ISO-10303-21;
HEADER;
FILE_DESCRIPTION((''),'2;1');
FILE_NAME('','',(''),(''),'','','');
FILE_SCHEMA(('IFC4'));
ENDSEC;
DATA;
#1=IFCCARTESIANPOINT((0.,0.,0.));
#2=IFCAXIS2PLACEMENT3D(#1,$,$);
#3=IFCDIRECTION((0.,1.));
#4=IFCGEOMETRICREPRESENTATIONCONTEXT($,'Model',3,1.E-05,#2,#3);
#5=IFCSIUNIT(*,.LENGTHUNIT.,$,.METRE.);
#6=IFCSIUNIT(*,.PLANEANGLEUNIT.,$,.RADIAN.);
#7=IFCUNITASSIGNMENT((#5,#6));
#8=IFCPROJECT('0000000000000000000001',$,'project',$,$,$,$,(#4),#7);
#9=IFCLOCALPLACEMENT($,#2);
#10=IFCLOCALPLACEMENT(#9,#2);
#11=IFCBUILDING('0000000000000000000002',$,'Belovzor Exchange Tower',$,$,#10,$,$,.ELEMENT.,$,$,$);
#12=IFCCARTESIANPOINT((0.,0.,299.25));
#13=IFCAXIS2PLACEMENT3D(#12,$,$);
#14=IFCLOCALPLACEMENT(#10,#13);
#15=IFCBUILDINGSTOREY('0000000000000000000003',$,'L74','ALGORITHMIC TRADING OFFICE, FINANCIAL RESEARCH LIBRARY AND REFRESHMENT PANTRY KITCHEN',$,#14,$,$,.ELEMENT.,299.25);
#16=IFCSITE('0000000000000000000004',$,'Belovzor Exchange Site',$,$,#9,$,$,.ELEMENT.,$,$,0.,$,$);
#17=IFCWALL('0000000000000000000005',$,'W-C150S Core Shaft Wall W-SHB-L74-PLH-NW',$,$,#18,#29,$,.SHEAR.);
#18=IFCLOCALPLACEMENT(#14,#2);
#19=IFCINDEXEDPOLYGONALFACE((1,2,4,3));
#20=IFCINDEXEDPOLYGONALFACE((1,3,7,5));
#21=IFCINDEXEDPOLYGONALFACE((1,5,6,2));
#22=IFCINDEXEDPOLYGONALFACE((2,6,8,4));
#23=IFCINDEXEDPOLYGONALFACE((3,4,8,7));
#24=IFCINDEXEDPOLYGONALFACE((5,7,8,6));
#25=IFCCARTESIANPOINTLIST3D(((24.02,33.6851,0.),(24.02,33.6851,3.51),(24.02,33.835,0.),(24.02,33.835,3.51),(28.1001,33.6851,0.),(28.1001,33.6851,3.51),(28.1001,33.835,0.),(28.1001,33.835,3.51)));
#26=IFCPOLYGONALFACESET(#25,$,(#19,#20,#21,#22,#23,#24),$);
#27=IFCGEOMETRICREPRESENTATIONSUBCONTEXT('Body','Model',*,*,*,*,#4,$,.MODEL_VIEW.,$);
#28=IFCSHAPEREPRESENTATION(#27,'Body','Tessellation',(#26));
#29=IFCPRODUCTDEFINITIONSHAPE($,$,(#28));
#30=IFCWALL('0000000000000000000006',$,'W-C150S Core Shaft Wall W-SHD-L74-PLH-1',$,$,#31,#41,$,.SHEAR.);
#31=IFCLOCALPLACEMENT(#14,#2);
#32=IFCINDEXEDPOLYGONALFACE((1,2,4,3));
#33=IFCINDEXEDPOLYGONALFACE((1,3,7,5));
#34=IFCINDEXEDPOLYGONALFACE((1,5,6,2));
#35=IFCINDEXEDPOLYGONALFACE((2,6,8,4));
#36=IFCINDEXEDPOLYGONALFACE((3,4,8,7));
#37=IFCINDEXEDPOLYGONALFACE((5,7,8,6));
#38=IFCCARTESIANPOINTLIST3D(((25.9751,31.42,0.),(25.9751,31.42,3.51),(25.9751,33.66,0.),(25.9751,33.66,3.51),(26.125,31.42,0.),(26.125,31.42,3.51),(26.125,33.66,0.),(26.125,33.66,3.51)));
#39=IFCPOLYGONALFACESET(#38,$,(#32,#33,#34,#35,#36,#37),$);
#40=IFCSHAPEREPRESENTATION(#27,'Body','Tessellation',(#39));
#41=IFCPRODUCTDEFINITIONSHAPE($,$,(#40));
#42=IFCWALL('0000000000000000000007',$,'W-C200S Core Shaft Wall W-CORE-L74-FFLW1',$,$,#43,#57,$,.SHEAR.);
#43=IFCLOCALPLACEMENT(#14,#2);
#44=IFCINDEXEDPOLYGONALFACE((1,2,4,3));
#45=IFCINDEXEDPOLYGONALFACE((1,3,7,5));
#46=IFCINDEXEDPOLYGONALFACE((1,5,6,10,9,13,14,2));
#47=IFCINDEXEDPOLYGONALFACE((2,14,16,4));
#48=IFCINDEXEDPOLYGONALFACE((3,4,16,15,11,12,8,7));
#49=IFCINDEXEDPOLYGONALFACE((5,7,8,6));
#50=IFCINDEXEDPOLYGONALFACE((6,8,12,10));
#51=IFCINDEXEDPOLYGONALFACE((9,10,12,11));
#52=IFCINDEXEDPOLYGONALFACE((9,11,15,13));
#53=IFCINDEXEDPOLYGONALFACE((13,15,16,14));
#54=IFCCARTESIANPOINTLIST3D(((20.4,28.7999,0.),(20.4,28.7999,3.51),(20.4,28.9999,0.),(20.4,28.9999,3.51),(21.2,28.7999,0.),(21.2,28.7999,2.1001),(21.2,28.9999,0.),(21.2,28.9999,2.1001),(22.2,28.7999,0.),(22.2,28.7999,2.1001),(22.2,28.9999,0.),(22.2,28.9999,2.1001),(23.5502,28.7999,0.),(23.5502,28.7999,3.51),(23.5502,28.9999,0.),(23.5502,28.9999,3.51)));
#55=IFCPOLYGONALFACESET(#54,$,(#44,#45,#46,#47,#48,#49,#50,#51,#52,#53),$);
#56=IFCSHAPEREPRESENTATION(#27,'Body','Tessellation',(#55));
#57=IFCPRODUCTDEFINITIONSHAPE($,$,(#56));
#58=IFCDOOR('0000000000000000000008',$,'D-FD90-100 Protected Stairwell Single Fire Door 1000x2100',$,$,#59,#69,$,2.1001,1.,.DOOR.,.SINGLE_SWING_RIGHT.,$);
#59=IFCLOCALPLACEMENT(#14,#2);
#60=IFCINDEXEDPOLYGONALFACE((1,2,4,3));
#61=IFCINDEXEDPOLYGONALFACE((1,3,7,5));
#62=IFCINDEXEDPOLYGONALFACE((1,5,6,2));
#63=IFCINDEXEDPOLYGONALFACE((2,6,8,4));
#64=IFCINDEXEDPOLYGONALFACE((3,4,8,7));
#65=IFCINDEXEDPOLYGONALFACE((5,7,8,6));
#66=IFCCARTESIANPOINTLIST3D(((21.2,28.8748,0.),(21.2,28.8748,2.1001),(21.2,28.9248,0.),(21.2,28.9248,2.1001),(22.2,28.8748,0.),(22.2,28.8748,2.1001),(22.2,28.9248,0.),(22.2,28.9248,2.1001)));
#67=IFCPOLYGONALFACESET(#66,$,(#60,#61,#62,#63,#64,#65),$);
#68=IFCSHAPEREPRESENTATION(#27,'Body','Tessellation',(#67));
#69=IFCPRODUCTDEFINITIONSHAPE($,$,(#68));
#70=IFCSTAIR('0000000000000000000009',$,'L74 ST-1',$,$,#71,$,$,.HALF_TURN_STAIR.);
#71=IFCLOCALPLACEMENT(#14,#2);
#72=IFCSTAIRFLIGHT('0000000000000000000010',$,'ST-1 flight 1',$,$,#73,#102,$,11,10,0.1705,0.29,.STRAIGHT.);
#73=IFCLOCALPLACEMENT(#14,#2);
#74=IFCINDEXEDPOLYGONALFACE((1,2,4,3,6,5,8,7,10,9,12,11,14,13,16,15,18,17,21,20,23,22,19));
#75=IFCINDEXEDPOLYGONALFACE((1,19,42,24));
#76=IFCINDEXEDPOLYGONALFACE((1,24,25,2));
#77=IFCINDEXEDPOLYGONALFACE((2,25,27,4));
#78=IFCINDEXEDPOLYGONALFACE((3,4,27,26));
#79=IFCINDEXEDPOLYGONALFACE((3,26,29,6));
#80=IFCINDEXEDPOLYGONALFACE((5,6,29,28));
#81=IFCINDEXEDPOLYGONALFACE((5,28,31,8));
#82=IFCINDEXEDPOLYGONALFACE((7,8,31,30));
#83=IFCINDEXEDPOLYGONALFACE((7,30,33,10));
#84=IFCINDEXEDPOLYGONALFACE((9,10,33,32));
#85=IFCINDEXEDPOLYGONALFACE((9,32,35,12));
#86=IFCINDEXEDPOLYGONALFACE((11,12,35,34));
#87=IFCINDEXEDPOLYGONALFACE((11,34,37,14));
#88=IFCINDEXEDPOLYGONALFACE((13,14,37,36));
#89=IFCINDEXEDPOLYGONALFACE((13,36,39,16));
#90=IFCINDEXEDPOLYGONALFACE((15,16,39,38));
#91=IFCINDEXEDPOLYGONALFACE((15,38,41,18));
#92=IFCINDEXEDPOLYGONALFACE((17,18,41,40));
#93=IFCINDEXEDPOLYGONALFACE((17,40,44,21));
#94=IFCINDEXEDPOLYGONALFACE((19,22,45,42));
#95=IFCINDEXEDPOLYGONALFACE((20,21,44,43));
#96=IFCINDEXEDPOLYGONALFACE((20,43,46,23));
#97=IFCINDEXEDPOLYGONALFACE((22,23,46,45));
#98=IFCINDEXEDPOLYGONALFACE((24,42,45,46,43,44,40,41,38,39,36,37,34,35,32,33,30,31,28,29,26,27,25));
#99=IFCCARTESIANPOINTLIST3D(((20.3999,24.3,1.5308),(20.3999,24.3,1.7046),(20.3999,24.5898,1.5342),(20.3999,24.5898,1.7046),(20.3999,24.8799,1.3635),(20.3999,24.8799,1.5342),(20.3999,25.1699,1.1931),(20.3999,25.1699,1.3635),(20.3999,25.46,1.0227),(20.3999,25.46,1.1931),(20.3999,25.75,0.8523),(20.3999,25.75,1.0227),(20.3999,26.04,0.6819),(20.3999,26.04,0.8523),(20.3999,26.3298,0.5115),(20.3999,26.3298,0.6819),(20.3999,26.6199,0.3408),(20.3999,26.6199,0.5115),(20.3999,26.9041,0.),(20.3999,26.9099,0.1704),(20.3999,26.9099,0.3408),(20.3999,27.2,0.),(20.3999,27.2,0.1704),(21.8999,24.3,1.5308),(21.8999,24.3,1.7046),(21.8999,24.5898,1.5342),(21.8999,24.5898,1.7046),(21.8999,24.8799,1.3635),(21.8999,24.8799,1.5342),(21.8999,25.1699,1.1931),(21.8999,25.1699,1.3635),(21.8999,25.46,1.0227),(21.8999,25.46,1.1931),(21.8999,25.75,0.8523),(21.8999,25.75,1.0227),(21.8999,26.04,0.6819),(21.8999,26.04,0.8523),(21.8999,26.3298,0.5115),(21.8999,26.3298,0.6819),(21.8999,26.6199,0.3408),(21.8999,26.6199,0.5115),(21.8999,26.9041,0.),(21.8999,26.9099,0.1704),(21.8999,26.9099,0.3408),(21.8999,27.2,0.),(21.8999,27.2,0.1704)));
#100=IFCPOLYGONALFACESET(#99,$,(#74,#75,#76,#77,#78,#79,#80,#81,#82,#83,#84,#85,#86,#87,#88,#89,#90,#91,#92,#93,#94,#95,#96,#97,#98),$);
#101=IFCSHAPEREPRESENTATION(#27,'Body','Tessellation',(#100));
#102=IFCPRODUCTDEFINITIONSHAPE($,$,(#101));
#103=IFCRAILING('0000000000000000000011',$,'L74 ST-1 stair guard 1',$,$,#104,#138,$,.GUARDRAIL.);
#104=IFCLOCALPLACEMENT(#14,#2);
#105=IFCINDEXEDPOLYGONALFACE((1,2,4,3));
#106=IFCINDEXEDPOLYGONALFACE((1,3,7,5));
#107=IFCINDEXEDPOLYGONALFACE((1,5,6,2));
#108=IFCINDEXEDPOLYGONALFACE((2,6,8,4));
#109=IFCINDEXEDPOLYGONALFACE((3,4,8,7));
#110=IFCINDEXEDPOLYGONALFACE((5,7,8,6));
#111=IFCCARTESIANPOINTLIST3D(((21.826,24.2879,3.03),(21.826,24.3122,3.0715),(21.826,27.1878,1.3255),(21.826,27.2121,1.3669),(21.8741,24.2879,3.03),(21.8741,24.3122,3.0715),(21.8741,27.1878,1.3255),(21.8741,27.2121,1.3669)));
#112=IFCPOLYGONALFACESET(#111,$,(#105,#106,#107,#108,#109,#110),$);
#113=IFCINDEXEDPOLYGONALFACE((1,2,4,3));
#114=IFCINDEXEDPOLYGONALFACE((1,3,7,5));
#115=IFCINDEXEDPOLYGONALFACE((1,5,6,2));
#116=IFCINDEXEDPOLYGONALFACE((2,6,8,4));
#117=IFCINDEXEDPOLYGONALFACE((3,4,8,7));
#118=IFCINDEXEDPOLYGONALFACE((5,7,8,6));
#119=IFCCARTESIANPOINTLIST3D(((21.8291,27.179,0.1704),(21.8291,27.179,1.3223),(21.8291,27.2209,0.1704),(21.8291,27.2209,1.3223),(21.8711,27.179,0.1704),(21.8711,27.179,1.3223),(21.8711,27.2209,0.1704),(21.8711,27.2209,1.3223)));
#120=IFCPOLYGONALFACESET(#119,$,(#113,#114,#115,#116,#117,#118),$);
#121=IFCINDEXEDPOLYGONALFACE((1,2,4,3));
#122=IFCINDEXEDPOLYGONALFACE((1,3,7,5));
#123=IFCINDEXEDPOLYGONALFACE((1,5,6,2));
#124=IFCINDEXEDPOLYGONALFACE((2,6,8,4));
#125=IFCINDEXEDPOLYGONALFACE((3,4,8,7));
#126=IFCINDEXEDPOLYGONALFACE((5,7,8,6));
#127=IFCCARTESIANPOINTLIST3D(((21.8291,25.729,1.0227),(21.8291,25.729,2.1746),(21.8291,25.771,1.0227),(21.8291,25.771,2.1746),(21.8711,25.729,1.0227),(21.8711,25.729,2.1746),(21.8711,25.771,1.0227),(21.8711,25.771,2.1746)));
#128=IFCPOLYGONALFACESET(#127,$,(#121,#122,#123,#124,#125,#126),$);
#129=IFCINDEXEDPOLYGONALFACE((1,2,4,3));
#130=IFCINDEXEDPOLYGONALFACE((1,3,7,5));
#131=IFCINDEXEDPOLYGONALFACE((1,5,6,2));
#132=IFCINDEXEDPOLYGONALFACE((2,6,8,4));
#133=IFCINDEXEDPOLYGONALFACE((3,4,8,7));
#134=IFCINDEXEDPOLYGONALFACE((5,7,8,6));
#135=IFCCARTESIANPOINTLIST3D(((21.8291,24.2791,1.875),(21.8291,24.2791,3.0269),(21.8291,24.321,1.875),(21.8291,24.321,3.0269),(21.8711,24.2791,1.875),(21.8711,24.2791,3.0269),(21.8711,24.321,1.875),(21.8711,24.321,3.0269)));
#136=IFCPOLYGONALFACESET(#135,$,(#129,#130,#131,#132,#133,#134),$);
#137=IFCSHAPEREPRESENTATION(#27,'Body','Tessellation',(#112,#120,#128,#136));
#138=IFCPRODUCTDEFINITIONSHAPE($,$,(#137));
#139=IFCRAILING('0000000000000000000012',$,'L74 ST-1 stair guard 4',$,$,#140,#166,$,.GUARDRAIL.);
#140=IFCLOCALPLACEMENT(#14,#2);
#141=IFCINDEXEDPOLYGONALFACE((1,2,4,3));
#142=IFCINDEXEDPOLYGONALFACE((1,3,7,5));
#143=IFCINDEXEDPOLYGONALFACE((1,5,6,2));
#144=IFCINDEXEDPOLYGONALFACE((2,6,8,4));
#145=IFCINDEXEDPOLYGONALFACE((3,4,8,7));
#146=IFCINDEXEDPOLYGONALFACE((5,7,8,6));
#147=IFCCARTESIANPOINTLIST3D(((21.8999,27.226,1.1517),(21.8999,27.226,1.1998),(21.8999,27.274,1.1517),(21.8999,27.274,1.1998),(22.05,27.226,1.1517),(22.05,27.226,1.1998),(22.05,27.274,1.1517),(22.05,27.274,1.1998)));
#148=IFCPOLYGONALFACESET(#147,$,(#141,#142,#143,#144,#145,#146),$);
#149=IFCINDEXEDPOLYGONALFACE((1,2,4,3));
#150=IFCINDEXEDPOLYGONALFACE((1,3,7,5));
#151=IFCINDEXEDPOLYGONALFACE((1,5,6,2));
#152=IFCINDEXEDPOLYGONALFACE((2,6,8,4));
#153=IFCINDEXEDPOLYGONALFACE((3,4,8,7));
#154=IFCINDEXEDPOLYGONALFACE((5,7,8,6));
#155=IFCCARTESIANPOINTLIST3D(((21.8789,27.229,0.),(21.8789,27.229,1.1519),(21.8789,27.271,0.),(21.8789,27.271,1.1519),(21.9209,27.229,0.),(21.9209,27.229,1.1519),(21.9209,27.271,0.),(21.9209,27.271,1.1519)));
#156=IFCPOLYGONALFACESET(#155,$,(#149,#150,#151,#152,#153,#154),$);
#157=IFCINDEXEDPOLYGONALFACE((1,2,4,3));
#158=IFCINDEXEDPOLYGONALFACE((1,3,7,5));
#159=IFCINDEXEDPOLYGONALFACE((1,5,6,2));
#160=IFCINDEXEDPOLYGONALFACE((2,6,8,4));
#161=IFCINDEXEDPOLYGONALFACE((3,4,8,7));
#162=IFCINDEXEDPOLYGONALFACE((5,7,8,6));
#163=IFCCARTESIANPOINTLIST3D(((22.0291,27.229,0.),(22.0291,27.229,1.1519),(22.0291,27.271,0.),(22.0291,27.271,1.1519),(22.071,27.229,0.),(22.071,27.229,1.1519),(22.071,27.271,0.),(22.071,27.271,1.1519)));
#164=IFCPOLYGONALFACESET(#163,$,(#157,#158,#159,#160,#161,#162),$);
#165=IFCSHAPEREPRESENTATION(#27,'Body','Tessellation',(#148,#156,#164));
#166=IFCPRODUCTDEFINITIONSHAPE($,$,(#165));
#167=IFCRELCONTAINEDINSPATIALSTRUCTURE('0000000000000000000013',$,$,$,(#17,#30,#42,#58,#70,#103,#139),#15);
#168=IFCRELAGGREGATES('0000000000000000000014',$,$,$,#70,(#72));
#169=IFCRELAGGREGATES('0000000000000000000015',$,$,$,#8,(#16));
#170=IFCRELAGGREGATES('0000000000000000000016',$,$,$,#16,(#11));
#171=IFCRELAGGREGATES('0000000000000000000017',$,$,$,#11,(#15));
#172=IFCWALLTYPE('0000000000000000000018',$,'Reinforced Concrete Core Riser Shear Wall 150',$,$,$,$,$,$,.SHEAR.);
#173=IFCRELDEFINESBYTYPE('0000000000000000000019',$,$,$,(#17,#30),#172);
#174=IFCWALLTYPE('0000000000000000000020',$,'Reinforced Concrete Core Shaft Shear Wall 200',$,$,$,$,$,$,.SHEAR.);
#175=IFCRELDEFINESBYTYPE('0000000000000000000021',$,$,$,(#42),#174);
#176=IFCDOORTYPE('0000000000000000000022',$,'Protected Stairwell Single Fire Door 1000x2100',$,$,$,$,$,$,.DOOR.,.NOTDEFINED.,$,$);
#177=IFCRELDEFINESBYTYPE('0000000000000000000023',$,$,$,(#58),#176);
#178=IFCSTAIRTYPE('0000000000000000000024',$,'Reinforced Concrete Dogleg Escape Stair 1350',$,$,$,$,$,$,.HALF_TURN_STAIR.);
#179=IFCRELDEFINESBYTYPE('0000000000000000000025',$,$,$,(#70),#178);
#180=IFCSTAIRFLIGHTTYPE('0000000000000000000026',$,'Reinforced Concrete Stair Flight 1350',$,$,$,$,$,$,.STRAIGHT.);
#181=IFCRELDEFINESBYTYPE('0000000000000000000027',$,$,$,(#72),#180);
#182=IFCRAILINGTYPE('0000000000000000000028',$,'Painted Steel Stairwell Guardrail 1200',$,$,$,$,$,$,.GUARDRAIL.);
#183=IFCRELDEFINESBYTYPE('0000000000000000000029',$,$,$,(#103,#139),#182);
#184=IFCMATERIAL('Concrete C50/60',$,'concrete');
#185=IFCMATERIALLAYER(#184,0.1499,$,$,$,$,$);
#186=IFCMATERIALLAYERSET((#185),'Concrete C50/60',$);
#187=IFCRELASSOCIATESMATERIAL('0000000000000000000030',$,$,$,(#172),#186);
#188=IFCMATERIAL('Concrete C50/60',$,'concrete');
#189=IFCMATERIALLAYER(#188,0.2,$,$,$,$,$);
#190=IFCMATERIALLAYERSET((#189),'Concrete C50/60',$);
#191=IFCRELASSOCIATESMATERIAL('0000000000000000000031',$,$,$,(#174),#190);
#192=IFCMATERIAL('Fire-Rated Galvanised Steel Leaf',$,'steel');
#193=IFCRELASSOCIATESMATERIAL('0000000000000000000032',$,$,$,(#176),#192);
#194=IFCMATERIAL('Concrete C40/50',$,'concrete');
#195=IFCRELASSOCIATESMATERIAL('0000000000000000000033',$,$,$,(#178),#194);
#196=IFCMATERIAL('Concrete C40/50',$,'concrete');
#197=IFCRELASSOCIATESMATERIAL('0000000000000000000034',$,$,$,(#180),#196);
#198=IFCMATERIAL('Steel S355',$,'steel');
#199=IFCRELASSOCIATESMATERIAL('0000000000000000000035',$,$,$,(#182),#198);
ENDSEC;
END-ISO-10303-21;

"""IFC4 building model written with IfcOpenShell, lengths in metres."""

from ifc_helpers import new_model, si_unit, direction, frame, frame_2d, origin, origin_2d, place, context, subcontext, project, spatial, polyline, rectangle, outline, extrude, material, layer, layer_set, type_object, element, fill, aggregate, save


model = new_model("IFC4")

# Units and contexts
model_context = context("Model", 3, precision=1e-05, world=origin(), true_north=direction((0.0, 1.0)))
body_context = subcontext(model_context, "Body", "Model", "MODEL_VIEW")
ifc_project = project(units=[si_unit("LENGTHUNIT", "METRE"), si_unit("PLANEANGLEUNIT", "RADIAN")], contexts=[model_context])

# Site, building, storey
site_placement = place(None, origin())
site = spatial("IfcSite", under=ifc_project, at=site_placement, Name="Belovzor Exchange Site", CompositionType="ELEMENT", RefElevation=0.0)
building_placement = place(site_placement, origin())
building = spatial("IfcBuilding", under=site, at=building_placement, Name="Belovzor Exchange Tower", CompositionType="ELEMENT")
storey_placement = place(building_placement, frame((0.0, 0.0, 299.25)))
storey = spatial("IfcBuildingStorey", under=building, at=storey_placement, Name="L74", Description="ALGORITHMIC TRADING OFFICE, FINANCIAL RESEARCH LIBRARY AND REFRESHMENT PANTRY KITCHEN", CompositionType="ELEMENT", Elevation=299.25)

# Walls
ifc_material_1 = material(Name="Concrete C50/60", Category="concrete")
ifc_layer_1 = layer(ifc_material_1, 0.1499)
ifc_layer_set_1 = layer_set([ifc_layer_1], Name="Concrete C50/60")
wall_type_1 = type_object("IfcWallType", Name="Reinforced Concrete Core Riser Shear Wall 150", PredefinedType="SHEAR", material=ifc_layer_set_1)
wall_1_placement = place(storey_placement, frame((24.02, 33.76, 0.0), z_axis=(0.0, 0.0, 1.0), x_axis=(1.0, 0.0, 0.0)))
element("IfcWall", 1, at=wall_1_placement, inside=storey, type_object=wall_type_1, Name="W-C150S Core Shaft Wall W-SHB-L74-PLH-NW", PredefinedType="SHEAR", context=body_context, shape_type="SweptSolid", body=[
    extrude(rectangle(XDim=4.0801, YDim=0.1499, at=frame_2d((2.04, 0.0))), origin(), (0.0, 0.0, 1.0), 3.51),
])
wall_2_placement = place(storey_placement, frame((26.05, 31.4199, 0.0), z_axis=(0.0, 0.0, 1.0), x_axis=(0.0, 1.0, 0.0)))
element("IfcWall", 2, at=wall_2_placement, inside=storey, type_object=wall_type_1, Name="W-C150S Core Shaft Wall W-SHD-L74-PLH-1", PredefinedType="SHEAR", context=body_context, shape_type="SweptSolid", body=[
    extrude(rectangle(XDim=2.24, YDim=0.1499, at=frame_2d((1.1201, 0.0))), origin(), (0.0, 0.0, 1.0), 3.51),
])

# Wall, opening, door
ifc_material_2 = material(Name="Concrete C50/60", Category="concrete")
ifc_layer_2 = layer(ifc_material_2, 0.2)
ifc_layer_set_2 = layer_set([ifc_layer_2], Name="Concrete C50/60")
wall_type_2 = type_object("IfcWallType", Name="Reinforced Concrete Core Shaft Shear Wall 200", PredefinedType="SHEAR", material=ifc_layer_set_2)
wall_3_placement = place(storey_placement, frame((20.3999, 28.8999, 0.0), z_axis=(0.0, 0.0, 1.0), x_axis=(1.0, 0.0, 0.0)))
wall_3 = element("IfcWall", 3, at=wall_3_placement, inside=storey, type_object=wall_type_2, Name="W-C200S Core Shaft Wall W-CORE-L74-FFLW1", PredefinedType="SHEAR", context=body_context, shape_type="SweptSolid", body=[
    extrude(rectangle(XDim=3.1501, YDim=0.2, at=frame_2d((1.5752, 0.0))), origin(), (0.0, 0.0, 1.0), 3.51),
])
opening_1_placement = place(wall_3_placement, frame((0.8, 0.0, 0.0)))
opening_1 = element("IfcOpeningElement", 4, at=opening_1_placement, cuts=wall_3, PredefinedType="OPENING", context=body_context, shape_type="SweptSolid", body=[
    extrude(rectangle(XDim=1.0, YDim=2.1001, at=frame_2d((0.5, 1.05))), frame((0.0, 0.1099, 0.0), z_axis=(0.0, -1.0, 0.0), x_axis=(1.0, 0.0, 0.0)), (0.0, 0.0, 1.0), 0.22),
])
ifc_material_3 = material(Name="Fire-Rated Galvanised Steel Leaf", Category="steel")
door_type_1 = type_object("IfcDoorType", Name="Protected Stairwell Single Fire Door 1000x2100", OperationType="NOTDEFINED", PredefinedType="DOOR", material=ifc_material_3)
door_1_placement = place(opening_1_placement, origin())
door_1 = element("IfcDoor", 5, at=door_1_placement, inside=storey, type_object=door_type_1, Name="D-FD90-100 Protected Stairwell Single Fire Door 1000x2100", OperationType="SINGLE_SWING_RIGHT", OverallHeight=2.1001, OverallWidth=1.0, PredefinedType="DOOR", context=body_context, shape_type="SweptSolid", body=[
    extrude(rectangle(XDim=1.0, YDim=2.1001, at=frame_2d((0.5, 1.05))), frame((0.0, 0.0249, 0.0), z_axis=(0.0, -1.0, 0.0), x_axis=(1.0, 0.0, 0.0)), (0.0, 0.0, 1.0), 0.05),
])
fill(opening_1, door_1)

# Stair, stair flight
ifc_material_4 = material(Name="Concrete C40/50", Category="concrete")
stair_type = type_object("IfcStairType", Name="Reinforced Concrete Dogleg Escape Stair 1350", PredefinedType="HALF_TURN_STAIR", material=ifc_material_4)
stair_placement = place(storey_placement, origin())
stair = element("IfcStair", 6, at=stair_placement, inside=storey, type_object=stair_type, Name="L74 ST-1", PredefinedType="HALF_TURN_STAIR")
ifc_material_5 = material(Name="Concrete C40/50", Category="concrete")
stair_flight_type = type_object("IfcStairFlightType", Name="Reinforced Concrete Stair Flight 1350", PredefinedType="STRAIGHT", material=ifc_material_5)
stair_flight_placement = place(storey_placement, frame((21.1499, 27.2, 0.0), z_axis=(0.0, 0.0, 1.0), x_axis=(0.0, -1.0, 0.0)))
stair_flight = element("IfcStairFlight", 7, at=stair_flight_placement, type_object=stair_flight_type, Name="ST-1 flight 1", NumberOfRisers=11, NumberOfTreads=10, PredefinedType="STRAIGHT", RiserHeight=0.1705, TreadLength=0.29, context=body_context, shape_type="SweptSolid", body=[
    extrude(outline(polyline([(0.0, 0.0), (0.0, 0.1704), (0.29, 0.1704), (0.29, 0.3408), (0.5801, 0.3408), (0.5801, 0.5115), (0.8701, 0.5115), (0.8701, 0.6819), (1.1599, 0.6819), (1.1599, 0.8523), (1.45, 0.8523), (1.45, 1.0227), (1.74, 1.0227), (1.74, 1.1931), (2.03, 1.1931), (2.03, 1.3635), (2.3201, 1.3635), (2.3201, 1.5342), (2.6101, 1.5342), (2.6101, 1.7046), (2.8999, 1.7046), (2.8999, 1.875), (2.8999, 1.5308), (0.2959, 0.0), (0.0, 0.0)])), frame((0.0, 0.75, 0.0), z_axis=(0.0, -1.0, 0.0), x_axis=(1.0, 0.0, 0.0)), (0.0, 0.0, 1.0), 1.5),
])
aggregate(stair, [stair_flight])

# Railings
ifc_material_6 = material(Name="Steel S355", Category="steel")
railing_type = type_object("IfcRailingType", Name="Painted Steel Stairwell Guardrail 1200", PredefinedType="GUARDRAIL", material=ifc_material_6)
railing_1_placement = place(storey_placement, frame((21.8501, 27.2, 0.1704)))
element("IfcRailing", 8, at=railing_1_placement, inside=storey, type_object=railing_type, Name="L74 ST-1 stair guard 1", PredefinedType="GUARDRAIL", context=body_context, shape_type="SweptSolid", body=[
    extrude(rectangle(XDim=0.0481, YDim=0.0481, at=origin_2d()), frame((0.0, 0.0, 1.1758), z_axis=(0.0, -0.862095, 0.506747), x_axis=(1.0, 0.0, 0.0)), (0.0, 0.0, 1.0), 3.3638),
    extrude(rectangle(XDim=0.042, YDim=0.042, at=origin_2d()), origin(), (0.0, 0.0, 1.0), 1.1519),
    extrude(rectangle(XDim=0.042, YDim=0.042, at=origin_2d()), frame((0.0, -1.45, 0.8523)), (0.0, 0.0, 1.0), 1.1519),
    extrude(rectangle(XDim=0.042, YDim=0.042, at=origin_2d()), frame((0.0, -2.8999, 1.7046)), (0.0, 0.0, 1.0), 1.1519),
])
railing_2_placement = place(storey_placement, frame((21.8999, 27.25, 0.0)))
element("IfcRailing", 9, at=railing_2_placement, inside=storey, type_object=railing_type, Name="L74 ST-1 stair guard 4", PredefinedType="GUARDRAIL", context=body_context, shape_type="SweptSolid", body=[
    extrude(rectangle(XDim=0.0481, YDim=0.0481, at=origin_2d()), frame((0.0, 0.0, 1.1758), z_axis=(1.0, 0.0, 0.0), x_axis=(0.0, 1.0, 0.0)), (0.0, 0.0, 1.0), 0.1501),
    extrude(rectangle(XDim=0.042, YDim=0.042, at=origin_2d()), origin(), (0.0, 0.0, 1.0), 1.1519),
    extrude(rectangle(XDim=0.042, YDim=0.042, at=origin_2d()), frame((0.1501, 0.0, 0.0)), (0.0, 0.0, 1.0), 1.1519),
])

save(model, "model.ifc")
